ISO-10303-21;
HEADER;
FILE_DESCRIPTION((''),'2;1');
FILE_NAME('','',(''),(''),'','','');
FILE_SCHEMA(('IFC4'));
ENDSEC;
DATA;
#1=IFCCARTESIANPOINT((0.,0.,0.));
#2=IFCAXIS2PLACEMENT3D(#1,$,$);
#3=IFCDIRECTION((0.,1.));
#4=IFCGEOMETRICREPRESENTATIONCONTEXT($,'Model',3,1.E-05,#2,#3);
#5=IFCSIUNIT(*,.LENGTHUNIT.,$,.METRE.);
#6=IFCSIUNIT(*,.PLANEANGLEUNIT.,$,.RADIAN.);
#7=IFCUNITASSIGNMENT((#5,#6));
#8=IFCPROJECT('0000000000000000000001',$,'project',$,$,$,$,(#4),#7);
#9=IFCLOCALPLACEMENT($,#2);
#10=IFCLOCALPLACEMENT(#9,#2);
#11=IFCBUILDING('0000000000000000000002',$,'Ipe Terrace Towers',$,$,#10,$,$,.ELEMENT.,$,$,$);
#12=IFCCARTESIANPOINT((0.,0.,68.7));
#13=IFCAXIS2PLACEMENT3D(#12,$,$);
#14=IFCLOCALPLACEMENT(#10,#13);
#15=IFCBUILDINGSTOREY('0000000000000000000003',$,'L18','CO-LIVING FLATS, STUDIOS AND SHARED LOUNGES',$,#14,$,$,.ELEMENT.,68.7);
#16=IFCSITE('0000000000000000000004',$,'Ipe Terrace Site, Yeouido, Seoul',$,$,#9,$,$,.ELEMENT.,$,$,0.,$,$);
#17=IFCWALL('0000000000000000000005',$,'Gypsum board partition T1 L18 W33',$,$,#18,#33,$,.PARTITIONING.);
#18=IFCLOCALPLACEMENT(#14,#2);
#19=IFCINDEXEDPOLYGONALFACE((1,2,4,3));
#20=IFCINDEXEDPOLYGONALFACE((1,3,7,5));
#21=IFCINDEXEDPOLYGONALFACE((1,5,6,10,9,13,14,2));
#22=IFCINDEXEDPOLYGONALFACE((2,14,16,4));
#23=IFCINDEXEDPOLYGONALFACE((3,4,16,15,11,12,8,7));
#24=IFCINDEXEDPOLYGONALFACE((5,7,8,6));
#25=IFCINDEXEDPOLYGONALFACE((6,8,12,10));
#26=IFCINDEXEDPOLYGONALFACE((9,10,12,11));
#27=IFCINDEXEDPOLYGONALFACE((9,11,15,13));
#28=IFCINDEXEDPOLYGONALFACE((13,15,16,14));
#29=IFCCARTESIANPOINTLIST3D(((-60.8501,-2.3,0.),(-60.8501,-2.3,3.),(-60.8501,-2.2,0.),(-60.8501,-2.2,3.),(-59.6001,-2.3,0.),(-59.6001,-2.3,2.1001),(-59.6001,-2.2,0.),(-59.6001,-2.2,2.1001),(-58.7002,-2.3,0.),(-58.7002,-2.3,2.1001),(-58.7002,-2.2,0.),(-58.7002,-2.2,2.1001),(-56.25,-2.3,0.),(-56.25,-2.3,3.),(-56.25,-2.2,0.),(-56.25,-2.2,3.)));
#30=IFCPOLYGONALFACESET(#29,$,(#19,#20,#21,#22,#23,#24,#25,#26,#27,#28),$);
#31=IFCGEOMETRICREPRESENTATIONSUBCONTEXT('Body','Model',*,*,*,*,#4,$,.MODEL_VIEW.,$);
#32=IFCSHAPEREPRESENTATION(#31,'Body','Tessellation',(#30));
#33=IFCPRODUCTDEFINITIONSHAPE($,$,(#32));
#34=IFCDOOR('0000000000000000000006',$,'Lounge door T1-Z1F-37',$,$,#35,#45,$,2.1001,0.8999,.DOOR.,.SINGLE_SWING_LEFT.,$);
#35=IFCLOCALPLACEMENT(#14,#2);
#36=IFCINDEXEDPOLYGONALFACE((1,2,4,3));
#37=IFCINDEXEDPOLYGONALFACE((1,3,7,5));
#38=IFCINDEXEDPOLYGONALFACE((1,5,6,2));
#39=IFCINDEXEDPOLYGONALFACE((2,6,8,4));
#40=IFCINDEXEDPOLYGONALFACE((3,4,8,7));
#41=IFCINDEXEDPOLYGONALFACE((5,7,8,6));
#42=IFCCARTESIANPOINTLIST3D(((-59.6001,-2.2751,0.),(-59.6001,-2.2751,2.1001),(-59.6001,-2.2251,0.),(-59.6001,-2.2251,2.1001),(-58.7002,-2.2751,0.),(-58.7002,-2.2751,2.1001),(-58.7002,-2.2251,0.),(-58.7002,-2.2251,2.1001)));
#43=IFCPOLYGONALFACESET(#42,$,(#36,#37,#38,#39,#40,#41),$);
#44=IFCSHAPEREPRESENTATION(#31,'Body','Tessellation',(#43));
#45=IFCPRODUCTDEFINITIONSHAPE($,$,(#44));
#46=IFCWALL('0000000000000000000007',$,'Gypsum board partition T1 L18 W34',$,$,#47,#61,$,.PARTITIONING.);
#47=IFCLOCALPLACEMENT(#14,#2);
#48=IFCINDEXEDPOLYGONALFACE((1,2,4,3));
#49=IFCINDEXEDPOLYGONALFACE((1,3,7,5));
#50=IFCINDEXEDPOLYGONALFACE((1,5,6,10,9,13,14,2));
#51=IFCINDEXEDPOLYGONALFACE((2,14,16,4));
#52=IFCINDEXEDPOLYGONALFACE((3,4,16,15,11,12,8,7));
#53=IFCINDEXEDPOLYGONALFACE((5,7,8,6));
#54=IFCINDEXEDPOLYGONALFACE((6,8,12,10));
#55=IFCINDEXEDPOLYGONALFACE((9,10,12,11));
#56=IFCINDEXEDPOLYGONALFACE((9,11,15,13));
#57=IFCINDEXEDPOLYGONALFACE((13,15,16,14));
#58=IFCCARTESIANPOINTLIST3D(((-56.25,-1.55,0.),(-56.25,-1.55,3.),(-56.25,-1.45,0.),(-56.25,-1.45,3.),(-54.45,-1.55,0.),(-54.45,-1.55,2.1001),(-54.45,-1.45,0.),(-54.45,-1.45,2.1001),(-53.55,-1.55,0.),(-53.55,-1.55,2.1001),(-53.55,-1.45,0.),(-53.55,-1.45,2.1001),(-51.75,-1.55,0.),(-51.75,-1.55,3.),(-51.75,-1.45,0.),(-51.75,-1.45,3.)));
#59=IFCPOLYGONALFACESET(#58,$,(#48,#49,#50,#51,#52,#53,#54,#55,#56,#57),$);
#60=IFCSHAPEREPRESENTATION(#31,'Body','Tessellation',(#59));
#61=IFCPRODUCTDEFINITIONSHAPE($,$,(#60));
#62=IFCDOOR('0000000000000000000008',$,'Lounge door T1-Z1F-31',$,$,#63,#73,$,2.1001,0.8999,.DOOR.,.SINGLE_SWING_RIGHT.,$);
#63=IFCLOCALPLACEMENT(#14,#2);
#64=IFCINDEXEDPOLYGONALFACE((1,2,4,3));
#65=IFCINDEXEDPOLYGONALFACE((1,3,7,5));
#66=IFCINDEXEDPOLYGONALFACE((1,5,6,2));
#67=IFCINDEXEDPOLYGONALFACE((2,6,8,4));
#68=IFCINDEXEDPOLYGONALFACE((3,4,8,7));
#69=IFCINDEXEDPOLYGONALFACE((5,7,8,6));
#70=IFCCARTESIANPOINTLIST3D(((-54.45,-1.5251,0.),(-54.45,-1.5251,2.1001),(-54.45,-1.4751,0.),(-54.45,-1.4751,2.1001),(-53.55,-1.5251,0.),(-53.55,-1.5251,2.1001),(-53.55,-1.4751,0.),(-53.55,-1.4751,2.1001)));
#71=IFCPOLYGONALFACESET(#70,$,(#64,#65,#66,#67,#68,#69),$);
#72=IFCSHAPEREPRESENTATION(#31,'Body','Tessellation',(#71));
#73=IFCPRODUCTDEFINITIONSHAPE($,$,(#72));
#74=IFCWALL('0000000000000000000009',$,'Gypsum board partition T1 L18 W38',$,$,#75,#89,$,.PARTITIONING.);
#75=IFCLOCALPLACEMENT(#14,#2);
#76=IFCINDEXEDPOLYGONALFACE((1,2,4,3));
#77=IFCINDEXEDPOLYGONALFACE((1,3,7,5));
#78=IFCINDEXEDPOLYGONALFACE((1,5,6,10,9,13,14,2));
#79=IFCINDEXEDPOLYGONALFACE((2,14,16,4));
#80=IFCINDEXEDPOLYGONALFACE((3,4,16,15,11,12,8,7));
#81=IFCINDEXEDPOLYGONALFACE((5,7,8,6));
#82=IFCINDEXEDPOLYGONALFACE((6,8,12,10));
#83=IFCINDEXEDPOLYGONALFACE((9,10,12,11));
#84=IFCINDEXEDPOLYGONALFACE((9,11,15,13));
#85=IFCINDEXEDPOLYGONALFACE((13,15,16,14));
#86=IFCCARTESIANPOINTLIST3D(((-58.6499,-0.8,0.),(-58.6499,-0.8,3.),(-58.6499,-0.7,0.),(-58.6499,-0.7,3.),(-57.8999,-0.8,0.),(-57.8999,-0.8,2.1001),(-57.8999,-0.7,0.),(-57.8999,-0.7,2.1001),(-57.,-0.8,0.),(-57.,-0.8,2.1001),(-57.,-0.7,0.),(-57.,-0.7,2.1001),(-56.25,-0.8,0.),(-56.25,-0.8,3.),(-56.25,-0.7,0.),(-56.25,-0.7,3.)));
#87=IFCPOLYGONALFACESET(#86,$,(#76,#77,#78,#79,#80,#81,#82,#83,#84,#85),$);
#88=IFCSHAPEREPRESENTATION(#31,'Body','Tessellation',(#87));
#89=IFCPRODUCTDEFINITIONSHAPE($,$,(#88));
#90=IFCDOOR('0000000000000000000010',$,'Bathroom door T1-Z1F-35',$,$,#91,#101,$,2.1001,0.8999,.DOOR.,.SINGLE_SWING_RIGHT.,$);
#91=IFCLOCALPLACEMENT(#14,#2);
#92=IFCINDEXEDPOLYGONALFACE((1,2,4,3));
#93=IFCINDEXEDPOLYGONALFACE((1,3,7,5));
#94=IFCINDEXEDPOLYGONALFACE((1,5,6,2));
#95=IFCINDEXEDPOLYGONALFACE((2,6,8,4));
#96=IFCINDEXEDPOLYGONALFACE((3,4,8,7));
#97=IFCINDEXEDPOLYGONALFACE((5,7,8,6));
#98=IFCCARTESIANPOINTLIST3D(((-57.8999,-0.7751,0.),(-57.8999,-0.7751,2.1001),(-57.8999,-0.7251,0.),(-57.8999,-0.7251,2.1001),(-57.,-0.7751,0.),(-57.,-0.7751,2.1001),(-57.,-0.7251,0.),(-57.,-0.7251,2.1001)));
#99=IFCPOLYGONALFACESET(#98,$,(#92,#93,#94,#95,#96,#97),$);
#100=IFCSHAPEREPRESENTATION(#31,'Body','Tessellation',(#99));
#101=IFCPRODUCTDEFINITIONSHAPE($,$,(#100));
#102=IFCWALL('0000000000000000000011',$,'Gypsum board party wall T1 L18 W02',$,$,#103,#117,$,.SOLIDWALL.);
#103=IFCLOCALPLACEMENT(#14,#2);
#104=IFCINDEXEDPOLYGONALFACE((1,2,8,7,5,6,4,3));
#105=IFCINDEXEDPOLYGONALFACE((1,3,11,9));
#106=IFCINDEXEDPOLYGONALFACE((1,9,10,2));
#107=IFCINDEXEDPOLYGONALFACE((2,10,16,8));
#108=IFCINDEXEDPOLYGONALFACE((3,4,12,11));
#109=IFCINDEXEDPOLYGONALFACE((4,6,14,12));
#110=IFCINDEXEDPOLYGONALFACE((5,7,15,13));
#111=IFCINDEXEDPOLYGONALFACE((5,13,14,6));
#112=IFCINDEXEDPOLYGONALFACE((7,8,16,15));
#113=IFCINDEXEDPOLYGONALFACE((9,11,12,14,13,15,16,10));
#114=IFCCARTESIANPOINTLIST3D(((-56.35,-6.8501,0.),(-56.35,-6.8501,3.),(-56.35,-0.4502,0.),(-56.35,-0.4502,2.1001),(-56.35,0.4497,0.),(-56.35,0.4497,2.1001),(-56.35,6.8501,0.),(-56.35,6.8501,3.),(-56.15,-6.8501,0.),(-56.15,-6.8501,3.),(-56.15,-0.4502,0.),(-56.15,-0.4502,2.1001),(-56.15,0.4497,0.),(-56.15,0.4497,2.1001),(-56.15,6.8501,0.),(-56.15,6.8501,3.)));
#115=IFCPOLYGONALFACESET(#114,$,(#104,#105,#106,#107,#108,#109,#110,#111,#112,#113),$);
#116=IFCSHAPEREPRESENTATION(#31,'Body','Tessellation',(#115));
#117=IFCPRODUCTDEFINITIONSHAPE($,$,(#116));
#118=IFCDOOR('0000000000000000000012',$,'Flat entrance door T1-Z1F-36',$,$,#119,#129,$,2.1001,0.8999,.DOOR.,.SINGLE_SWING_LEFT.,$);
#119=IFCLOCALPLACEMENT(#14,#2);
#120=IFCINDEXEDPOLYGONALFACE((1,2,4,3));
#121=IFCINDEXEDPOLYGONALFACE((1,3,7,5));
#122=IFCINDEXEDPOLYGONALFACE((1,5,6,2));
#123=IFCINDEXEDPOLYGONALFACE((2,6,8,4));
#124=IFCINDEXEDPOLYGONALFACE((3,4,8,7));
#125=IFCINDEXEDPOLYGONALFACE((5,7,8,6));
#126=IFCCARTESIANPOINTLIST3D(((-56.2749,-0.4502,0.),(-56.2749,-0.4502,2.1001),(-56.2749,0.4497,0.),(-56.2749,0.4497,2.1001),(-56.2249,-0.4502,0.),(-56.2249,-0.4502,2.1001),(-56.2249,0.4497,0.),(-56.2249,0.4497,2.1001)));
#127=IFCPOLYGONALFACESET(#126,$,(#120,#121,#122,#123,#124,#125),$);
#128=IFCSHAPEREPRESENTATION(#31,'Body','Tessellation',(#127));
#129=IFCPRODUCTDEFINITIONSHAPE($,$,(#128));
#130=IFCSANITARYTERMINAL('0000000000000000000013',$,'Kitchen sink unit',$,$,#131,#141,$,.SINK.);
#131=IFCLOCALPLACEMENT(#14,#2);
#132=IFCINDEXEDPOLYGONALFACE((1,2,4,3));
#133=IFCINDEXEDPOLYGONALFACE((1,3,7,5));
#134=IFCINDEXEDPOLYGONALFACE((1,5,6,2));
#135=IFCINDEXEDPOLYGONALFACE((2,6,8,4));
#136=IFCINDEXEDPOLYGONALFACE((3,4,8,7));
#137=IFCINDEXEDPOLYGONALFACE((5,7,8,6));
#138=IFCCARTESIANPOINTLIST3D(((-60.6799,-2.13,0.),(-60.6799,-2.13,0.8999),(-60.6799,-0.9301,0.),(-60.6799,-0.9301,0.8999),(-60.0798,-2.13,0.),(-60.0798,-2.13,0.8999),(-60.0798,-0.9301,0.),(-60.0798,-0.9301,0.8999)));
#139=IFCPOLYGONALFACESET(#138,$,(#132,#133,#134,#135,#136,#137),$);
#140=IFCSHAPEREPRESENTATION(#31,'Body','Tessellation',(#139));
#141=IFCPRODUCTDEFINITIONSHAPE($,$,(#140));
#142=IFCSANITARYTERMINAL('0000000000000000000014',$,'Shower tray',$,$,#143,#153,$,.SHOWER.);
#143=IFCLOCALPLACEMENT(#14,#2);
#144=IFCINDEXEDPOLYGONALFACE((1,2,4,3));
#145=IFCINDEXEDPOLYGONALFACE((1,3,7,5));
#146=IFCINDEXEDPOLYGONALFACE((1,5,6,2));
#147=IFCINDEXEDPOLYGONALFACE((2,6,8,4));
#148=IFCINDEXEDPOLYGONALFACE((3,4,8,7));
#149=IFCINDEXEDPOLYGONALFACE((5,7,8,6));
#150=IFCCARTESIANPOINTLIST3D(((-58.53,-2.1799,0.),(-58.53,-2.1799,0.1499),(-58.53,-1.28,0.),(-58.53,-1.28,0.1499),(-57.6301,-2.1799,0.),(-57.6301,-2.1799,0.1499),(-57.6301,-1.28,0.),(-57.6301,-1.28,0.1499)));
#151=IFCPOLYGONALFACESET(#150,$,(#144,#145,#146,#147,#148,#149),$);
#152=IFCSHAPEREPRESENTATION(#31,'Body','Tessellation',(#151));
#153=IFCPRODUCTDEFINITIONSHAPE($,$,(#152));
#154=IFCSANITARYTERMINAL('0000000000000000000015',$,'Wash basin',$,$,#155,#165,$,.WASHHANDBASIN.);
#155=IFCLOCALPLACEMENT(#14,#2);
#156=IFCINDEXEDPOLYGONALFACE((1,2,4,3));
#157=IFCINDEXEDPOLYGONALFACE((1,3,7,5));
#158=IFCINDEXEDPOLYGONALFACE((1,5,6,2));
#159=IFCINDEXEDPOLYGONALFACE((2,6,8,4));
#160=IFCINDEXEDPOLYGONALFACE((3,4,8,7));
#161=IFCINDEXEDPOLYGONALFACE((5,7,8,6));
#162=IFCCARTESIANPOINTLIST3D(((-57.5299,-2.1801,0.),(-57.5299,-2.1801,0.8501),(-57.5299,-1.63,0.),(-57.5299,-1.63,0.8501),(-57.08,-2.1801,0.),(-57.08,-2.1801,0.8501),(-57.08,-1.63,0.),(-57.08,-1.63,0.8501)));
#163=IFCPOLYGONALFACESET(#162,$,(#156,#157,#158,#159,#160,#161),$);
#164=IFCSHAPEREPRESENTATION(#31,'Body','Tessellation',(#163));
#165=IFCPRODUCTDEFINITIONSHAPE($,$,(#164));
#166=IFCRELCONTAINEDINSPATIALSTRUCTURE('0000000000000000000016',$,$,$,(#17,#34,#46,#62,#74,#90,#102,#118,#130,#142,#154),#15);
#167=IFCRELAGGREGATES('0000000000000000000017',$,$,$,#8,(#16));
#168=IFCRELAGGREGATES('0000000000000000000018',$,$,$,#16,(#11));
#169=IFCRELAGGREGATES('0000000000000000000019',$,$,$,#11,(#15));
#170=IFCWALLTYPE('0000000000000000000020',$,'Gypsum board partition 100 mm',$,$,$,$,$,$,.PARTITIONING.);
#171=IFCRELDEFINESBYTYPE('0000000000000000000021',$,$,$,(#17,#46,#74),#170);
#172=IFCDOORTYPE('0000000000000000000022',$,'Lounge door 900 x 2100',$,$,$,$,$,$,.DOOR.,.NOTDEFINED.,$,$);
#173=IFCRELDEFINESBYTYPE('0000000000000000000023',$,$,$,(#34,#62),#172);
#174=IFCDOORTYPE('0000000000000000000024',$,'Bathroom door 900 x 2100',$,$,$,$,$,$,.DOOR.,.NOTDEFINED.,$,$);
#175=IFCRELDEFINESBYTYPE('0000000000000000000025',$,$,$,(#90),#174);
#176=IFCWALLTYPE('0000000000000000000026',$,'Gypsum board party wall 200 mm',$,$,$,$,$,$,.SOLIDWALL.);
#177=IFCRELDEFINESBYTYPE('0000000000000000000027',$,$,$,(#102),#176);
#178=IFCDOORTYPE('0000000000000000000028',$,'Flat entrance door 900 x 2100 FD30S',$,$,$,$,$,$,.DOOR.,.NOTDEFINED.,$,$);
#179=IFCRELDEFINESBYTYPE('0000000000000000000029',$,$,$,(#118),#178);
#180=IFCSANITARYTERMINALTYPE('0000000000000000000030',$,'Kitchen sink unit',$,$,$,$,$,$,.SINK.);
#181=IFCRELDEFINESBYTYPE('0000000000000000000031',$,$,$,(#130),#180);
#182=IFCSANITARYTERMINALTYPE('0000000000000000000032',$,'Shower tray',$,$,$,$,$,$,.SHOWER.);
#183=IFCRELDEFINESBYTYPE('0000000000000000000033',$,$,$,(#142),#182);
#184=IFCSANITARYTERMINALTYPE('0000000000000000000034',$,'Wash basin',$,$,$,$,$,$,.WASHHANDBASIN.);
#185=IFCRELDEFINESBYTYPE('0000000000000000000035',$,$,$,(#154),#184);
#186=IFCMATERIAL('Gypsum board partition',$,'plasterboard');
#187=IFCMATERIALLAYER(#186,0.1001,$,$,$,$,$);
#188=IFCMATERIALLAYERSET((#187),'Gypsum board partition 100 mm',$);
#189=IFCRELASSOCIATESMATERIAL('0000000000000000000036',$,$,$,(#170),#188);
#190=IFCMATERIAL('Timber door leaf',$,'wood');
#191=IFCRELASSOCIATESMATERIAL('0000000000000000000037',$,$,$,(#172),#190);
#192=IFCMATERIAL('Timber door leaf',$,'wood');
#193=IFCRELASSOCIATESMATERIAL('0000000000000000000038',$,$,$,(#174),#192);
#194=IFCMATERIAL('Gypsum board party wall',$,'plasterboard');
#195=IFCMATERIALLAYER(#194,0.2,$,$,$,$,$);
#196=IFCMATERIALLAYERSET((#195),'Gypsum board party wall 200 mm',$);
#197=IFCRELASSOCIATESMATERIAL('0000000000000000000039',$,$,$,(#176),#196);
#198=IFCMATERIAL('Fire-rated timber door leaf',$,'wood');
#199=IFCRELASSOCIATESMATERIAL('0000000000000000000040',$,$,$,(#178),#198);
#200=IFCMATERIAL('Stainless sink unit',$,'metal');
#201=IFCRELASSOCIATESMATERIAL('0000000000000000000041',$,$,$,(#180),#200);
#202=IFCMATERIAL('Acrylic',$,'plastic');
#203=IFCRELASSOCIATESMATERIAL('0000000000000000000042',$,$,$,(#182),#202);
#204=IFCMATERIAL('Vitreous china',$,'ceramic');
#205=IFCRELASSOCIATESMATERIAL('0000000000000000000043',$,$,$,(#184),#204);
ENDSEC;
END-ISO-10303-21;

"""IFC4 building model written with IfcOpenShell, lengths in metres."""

from ifc_helpers import new_model, si_unit, direction, frame, frame_2d, origin, origin_2d, place, context, subcontext, project, spatial, rectangle, extrude, material, layer, layer_set, type_object, element, fill, save


model = new_model("IFC4")

# Units and contexts
model_context = context("Model", 3, precision=1e-05, world=origin(), true_north=direction((0.0, 1.0)))
body_context = subcontext(model_context, "Body", "Model", "MODEL_VIEW")
ifc_project = project(units=[si_unit("LENGTHUNIT", "METRE"), si_unit("PLANEANGLEUNIT", "RADIAN")], contexts=[model_context])

# Site, building, storey
site_placement = place(None, origin())
site = spatial("IfcSite", under=ifc_project, at=site_placement, Name="Ipe Terrace Site, Yeouido, Seoul", CompositionType="ELEMENT", RefElevation=0.0)
building_placement = place(site_placement, origin())
building = spatial("IfcBuilding", under=site, at=building_placement, Name="Ipe Terrace Towers", CompositionType="ELEMENT")
storey_placement = place(building_placement, frame((0.0, 0.0, 68.7)))
storey = spatial("IfcBuildingStorey", under=building, at=storey_placement, Name="L18", Description="CO-LIVING FLATS, STUDIOS AND SHARED LOUNGES", CompositionType="ELEMENT", Elevation=68.7)

# Shared definitions
ifc_material_1 = material(Name="Gypsum board partition", Category="plasterboard")
ifc_layer_1 = layer(ifc_material_1, 0.1001)
ifc_layer_set_1 = layer_set([ifc_layer_1], Name="Gypsum board partition 100 mm")
wall_type_1 = type_object("IfcWallType", Name="Gypsum board partition 100 mm", PredefinedType="PARTITIONING", material=ifc_layer_set_1)

# Walls, openings, doors
wall_1_placement = place(storey_placement, frame((-60.8501, -2.25, 0.0), z_axis=(0.0, 0.0, 1.0), x_axis=(1.0, 0.0, 0.0)))
wall_1 = element("IfcWall", 1, at=wall_1_placement, inside=storey, type_object=wall_type_1, Name="Gypsum board partition T1 L18 W33", PredefinedType="PARTITIONING", context=body_context, shape_type="SweptSolid", body=[
    extrude(rectangle(XDim=4.6001, YDim=0.1001, at=frame_2d((2.3, 0.0))), origin(), (0.0, 0.0, 1.0), 3.0),
])
opening_1_placement = place(wall_1_placement, frame((1.25, 0.0, 0.0)))
opening_1 = element("IfcOpeningElement", 2, at=opening_1_placement, cuts=wall_1, PredefinedType="OPENING", context=body_context, shape_type="SweptSolid", body=[
    extrude(rectangle(XDim=0.8999, YDim=2.1001, at=frame_2d((0.45, 1.05))), frame((0.0, 0.0601, 0.0), z_axis=(0.0, -1.0, 0.0), x_axis=(1.0, 0.0, 0.0)), (0.0, 0.0, 1.0), 0.1201),
])
ifc_material_2 = material(Name="Timber door leaf", Category="wood")
door_type_1 = type_object("IfcDoorType", Name="Lounge door 900 x 2100", OperationType="NOTDEFINED", PredefinedType="DOOR", material=ifc_material_2)
door_1_placement = place(opening_1_placement, origin())
door_1 = element("IfcDoor", 3, at=door_1_placement, inside=storey, type_object=door_type_1, Name="Lounge door T1-Z1F-37", OperationType="SINGLE_SWING_LEFT", OverallHeight=2.1001, OverallWidth=0.8999, PredefinedType="DOOR", context=body_context, shape_type="SweptSolid", body=[
    extrude(rectangle(XDim=0.8999, YDim=2.1001, at=frame_2d((0.45, 1.05))), frame((0.0, 0.0249, 0.0), z_axis=(0.0, -1.0, 0.0), x_axis=(1.0, 0.0, 0.0)), (0.0, 0.0, 1.0), 0.05),
])
fill(opening_1, door_1)
wall_2_placement = place(storey_placement, frame((-56.25, -1.5, 0.0), z_axis=(0.0, 0.0, 1.0), x_axis=(1.0, 0.0, 0.0)))
wall_2 = element("IfcWall", 4, at=wall_2_placement, inside=storey, type_object=wall_type_1, Name="Gypsum board partition T1 L18 W34", PredefinedType="PARTITIONING", context=body_context, shape_type="SweptSolid", body=[
    extrude(rectangle(XDim=4.5, YDim=0.1001, at=frame_2d((2.25, 0.0))), origin(), (0.0, 0.0, 1.0), 3.0),
])
opening_2_placement = place(wall_2_placement, frame((1.8, 0.0, 0.0)))
opening_2 = element("IfcOpeningElement", 5, at=opening_2_placement, cuts=wall_2, PredefinedType="OPENING", context=body_context, shape_type="SweptSolid", body=[
    extrude(rectangle(XDim=0.8999, YDim=2.1001, at=frame_2d((0.45, 1.05))), frame((0.0, 0.0601, 0.0), z_axis=(0.0, -1.0, 0.0), x_axis=(1.0, 0.0, 0.0)), (0.0, 0.0, 1.0), 0.1201),
])
door_2_placement = place(opening_2_placement, origin())
door_2 = element("IfcDoor", 6, at=door_2_placement, inside=storey, type_object=door_type_1, Name="Lounge door T1-Z1F-31", OperationType="SINGLE_SWING_RIGHT", OverallHeight=2.1001, OverallWidth=0.8999, PredefinedType="DOOR", context=body_context, shape_type="SweptSolid", body=[
    extrude(rectangle(XDim=0.8999, YDim=2.1001, at=frame_2d((0.45, 1.05))), frame((0.0, 0.0249, 0.0), z_axis=(0.0, -1.0, 0.0), x_axis=(1.0, 0.0, 0.0)), (0.0, 0.0, 1.0), 0.05),
])
fill(opening_2, door_2)
wall_3_placement = place(storey_placement, frame((-58.6499, -0.75, 0.0), z_axis=(0.0, 0.0, 1.0), x_axis=(1.0, 0.0, 0.0)))
wall_3 = element("IfcWall", 7, at=wall_3_placement, inside=storey, type_object=wall_type_1, Name="Gypsum board partition T1 L18 W38", PredefinedType="PARTITIONING", context=body_context, shape_type="SweptSolid", body=[
    extrude(rectangle(XDim=2.3999, YDim=0.1001, at=frame_2d((1.2, 0.0))), origin(), (0.0, 0.0, 1.0), 3.0),
])
opening_3_placement = place(wall_3_placement, frame((0.75, 0.0, 0.0)))
opening_3 = element("IfcOpeningElement", 8, at=opening_3_placement, cuts=wall_3, PredefinedType="OPENING", context=body_context, shape_type="SweptSolid", body=[
    extrude(rectangle(XDim=0.8999, YDim=2.1001, at=frame_2d((0.45, 1.05))), frame((0.0, 0.0601, 0.0), z_axis=(0.0, -1.0, 0.0), x_axis=(1.0, 0.0, 0.0)), (0.0, 0.0, 1.0), 0.1201),
])
ifc_material_3 = material(Name="Timber door leaf", Category="wood")
door_type_2 = type_object("IfcDoorType", Name="Bathroom door 900 x 2100", OperationType="NOTDEFINED", PredefinedType="DOOR", material=ifc_material_3)
door_3_placement = place(opening_3_placement, origin())
door_3 = element("IfcDoor", 9, at=door_3_placement, inside=storey, type_object=door_type_2, Name="Bathroom door T1-Z1F-35", OperationType="SINGLE_SWING_RIGHT", OverallHeight=2.1001, OverallWidth=0.8999, PredefinedType="DOOR", context=body_context, shape_type="SweptSolid", body=[
    extrude(rectangle(XDim=0.8999, YDim=2.1001, at=frame_2d((0.45, 1.05))), frame((0.0, 0.0249, 0.0), z_axis=(0.0, -1.0, 0.0), x_axis=(1.0, 0.0, 0.0)), (0.0, 0.0, 1.0), 0.05),
])
fill(opening_3, door_3)
ifc_material_4 = material(Name="Gypsum board party wall", Category="plasterboard")
ifc_layer_2 = layer(ifc_material_4, 0.2)
ifc_layer_set_2 = layer_set([ifc_layer_2], Name="Gypsum board party wall 200 mm")
wall_type_2 = type_object("IfcWallType", Name="Gypsum board party wall 200 mm", PredefinedType="SOLIDWALL", material=ifc_layer_set_2)
wall_4_placement = place(storey_placement, frame((-56.25, -6.8501, 0.0), z_axis=(0.0, 0.0, 1.0), x_axis=(0.0, 1.0, 0.0)))
wall_4 = element("IfcWall", 10, at=wall_4_placement, inside=storey, type_object=wall_type_2, Name="Gypsum board party wall T1 L18 W02", PredefinedType="SOLIDWALL", context=body_context, shape_type="SweptSolid", body=[
    extrude(rectangle(XDim=13.7002, YDim=0.2, at=frame_2d((6.8501, 0.0))), origin(), (0.0, 0.0, 1.0), 3.0),
])
opening_4_placement = place(wall_4_placement, frame((6.3999, 0.0, 0.0)))
opening_4 = element("IfcOpeningElement", 11, at=opening_4_placement, cuts=wall_4, PredefinedType="OPENING", context=body_context, shape_type="SweptSolid", body=[
    extrude(rectangle(XDim=0.8999, YDim=2.1001, at=frame_2d((0.45, 1.05))), frame((0.0, 0.1099, 0.0), z_axis=(0.0, -1.0, 0.0), x_axis=(1.0, 0.0, 0.0)), (0.0, 0.0, 1.0), 0.22),
])
ifc_material_5 = material(Name="Fire-rated timber door leaf", Category="wood")
door_type_3 = type_object("IfcDoorType", Name="Flat entrance door 900 x 2100 FD30S", OperationType="NOTDEFINED", PredefinedType="DOOR", material=ifc_material_5)
door_4_placement = place(opening_4_placement, origin())
door_4 = element("IfcDoor", 12, at=door_4_placement, inside=storey, type_object=door_type_3, Name="Flat entrance door T1-Z1F-36", OperationType="SINGLE_SWING_LEFT", OverallHeight=2.1001, OverallWidth=0.8999, PredefinedType="DOOR", context=body_context, shape_type="SweptSolid", body=[
    extrude(rectangle(XDim=0.8999, YDim=2.1001, at=frame_2d((0.45, 1.05))), frame((0.0, 0.0249, 0.0), z_axis=(0.0, -1.0, 0.0), x_axis=(1.0, 0.0, 0.0)), (0.0, 0.0, 1.0), 0.05),
])
fill(opening_4, door_4)

# Sanitary terminals
ifc_material_6 = material(Name="Stainless sink unit", Category="metal")
sanitary_terminal_type_1 = type_object("IfcSanitaryTerminalType", Name="Kitchen sink unit", PredefinedType="SINK", material=ifc_material_6)
sanitary_terminal_1_placement = place(storey_placement, frame((-60.3799, -1.53, 0.0), z_axis=(0.0, 0.0, 1.0), x_axis=(0.0, 1.0, 0.0)))
element("IfcSanitaryTerminal", 13, at=sanitary_terminal_1_placement, inside=storey, type_object=sanitary_terminal_type_1, Name="Kitchen sink unit", PredefinedType="SINK", context=body_context, shape_type="SweptSolid", body=[
    extrude(rectangle(XDim=1.2, YDim=0.6001, at=origin_2d()), origin(), (0.0, 0.0, 1.0), 0.8999),
])
ifc_material_7 = material(Name="Acrylic", Category="plastic")
sanitary_terminal_type_2 = type_object("IfcSanitaryTerminalType", Name="Shower tray", PredefinedType="SHOWER", material=ifc_material_7)
sanitary_terminal_2_placement = place(storey_placement, frame((-58.0801, -1.73, 0.0), z_axis=(0.0, 0.0, 1.0), x_axis=(0.0, 1.0, 0.0)))
element("IfcSanitaryTerminal", 14, at=sanitary_terminal_2_placement, inside=storey, type_object=sanitary_terminal_type_2, Name="Shower tray", PredefinedType="SHOWER", context=body_context, shape_type="SweptSolid", body=[
    extrude(rectangle(XDim=0.8999, YDim=0.8999, at=origin_2d()), origin(), (0.0, 0.0, 1.0), 0.1499),
])
ifc_material_8 = material(Name="Vitreous china", Category="ceramic")
sanitary_terminal_type_3 = type_object("IfcSanitaryTerminalType", Name="Wash basin", PredefinedType="WASHHANDBASIN", material=ifc_material_8)
sanitary_terminal_3_placement = place(storey_placement, frame((-57.3049, -1.905, 0.0), z_axis=(0.0, 0.0, 1.0), x_axis=(0.0, 1.0, 0.0)))
element("IfcSanitaryTerminal", 15, at=sanitary_terminal_3_placement, inside=storey, type_object=sanitary_terminal_type_3, Name="Wash basin", PredefinedType="WASHHANDBASIN", context=body_context, shape_type="SweptSolid", body=[
    extrude(rectangle(XDim=0.55, YDim=0.45, at=origin_2d()), origin(), (0.0, 0.0, 1.0), 0.8501),
])

save(model, "model.ifc")
